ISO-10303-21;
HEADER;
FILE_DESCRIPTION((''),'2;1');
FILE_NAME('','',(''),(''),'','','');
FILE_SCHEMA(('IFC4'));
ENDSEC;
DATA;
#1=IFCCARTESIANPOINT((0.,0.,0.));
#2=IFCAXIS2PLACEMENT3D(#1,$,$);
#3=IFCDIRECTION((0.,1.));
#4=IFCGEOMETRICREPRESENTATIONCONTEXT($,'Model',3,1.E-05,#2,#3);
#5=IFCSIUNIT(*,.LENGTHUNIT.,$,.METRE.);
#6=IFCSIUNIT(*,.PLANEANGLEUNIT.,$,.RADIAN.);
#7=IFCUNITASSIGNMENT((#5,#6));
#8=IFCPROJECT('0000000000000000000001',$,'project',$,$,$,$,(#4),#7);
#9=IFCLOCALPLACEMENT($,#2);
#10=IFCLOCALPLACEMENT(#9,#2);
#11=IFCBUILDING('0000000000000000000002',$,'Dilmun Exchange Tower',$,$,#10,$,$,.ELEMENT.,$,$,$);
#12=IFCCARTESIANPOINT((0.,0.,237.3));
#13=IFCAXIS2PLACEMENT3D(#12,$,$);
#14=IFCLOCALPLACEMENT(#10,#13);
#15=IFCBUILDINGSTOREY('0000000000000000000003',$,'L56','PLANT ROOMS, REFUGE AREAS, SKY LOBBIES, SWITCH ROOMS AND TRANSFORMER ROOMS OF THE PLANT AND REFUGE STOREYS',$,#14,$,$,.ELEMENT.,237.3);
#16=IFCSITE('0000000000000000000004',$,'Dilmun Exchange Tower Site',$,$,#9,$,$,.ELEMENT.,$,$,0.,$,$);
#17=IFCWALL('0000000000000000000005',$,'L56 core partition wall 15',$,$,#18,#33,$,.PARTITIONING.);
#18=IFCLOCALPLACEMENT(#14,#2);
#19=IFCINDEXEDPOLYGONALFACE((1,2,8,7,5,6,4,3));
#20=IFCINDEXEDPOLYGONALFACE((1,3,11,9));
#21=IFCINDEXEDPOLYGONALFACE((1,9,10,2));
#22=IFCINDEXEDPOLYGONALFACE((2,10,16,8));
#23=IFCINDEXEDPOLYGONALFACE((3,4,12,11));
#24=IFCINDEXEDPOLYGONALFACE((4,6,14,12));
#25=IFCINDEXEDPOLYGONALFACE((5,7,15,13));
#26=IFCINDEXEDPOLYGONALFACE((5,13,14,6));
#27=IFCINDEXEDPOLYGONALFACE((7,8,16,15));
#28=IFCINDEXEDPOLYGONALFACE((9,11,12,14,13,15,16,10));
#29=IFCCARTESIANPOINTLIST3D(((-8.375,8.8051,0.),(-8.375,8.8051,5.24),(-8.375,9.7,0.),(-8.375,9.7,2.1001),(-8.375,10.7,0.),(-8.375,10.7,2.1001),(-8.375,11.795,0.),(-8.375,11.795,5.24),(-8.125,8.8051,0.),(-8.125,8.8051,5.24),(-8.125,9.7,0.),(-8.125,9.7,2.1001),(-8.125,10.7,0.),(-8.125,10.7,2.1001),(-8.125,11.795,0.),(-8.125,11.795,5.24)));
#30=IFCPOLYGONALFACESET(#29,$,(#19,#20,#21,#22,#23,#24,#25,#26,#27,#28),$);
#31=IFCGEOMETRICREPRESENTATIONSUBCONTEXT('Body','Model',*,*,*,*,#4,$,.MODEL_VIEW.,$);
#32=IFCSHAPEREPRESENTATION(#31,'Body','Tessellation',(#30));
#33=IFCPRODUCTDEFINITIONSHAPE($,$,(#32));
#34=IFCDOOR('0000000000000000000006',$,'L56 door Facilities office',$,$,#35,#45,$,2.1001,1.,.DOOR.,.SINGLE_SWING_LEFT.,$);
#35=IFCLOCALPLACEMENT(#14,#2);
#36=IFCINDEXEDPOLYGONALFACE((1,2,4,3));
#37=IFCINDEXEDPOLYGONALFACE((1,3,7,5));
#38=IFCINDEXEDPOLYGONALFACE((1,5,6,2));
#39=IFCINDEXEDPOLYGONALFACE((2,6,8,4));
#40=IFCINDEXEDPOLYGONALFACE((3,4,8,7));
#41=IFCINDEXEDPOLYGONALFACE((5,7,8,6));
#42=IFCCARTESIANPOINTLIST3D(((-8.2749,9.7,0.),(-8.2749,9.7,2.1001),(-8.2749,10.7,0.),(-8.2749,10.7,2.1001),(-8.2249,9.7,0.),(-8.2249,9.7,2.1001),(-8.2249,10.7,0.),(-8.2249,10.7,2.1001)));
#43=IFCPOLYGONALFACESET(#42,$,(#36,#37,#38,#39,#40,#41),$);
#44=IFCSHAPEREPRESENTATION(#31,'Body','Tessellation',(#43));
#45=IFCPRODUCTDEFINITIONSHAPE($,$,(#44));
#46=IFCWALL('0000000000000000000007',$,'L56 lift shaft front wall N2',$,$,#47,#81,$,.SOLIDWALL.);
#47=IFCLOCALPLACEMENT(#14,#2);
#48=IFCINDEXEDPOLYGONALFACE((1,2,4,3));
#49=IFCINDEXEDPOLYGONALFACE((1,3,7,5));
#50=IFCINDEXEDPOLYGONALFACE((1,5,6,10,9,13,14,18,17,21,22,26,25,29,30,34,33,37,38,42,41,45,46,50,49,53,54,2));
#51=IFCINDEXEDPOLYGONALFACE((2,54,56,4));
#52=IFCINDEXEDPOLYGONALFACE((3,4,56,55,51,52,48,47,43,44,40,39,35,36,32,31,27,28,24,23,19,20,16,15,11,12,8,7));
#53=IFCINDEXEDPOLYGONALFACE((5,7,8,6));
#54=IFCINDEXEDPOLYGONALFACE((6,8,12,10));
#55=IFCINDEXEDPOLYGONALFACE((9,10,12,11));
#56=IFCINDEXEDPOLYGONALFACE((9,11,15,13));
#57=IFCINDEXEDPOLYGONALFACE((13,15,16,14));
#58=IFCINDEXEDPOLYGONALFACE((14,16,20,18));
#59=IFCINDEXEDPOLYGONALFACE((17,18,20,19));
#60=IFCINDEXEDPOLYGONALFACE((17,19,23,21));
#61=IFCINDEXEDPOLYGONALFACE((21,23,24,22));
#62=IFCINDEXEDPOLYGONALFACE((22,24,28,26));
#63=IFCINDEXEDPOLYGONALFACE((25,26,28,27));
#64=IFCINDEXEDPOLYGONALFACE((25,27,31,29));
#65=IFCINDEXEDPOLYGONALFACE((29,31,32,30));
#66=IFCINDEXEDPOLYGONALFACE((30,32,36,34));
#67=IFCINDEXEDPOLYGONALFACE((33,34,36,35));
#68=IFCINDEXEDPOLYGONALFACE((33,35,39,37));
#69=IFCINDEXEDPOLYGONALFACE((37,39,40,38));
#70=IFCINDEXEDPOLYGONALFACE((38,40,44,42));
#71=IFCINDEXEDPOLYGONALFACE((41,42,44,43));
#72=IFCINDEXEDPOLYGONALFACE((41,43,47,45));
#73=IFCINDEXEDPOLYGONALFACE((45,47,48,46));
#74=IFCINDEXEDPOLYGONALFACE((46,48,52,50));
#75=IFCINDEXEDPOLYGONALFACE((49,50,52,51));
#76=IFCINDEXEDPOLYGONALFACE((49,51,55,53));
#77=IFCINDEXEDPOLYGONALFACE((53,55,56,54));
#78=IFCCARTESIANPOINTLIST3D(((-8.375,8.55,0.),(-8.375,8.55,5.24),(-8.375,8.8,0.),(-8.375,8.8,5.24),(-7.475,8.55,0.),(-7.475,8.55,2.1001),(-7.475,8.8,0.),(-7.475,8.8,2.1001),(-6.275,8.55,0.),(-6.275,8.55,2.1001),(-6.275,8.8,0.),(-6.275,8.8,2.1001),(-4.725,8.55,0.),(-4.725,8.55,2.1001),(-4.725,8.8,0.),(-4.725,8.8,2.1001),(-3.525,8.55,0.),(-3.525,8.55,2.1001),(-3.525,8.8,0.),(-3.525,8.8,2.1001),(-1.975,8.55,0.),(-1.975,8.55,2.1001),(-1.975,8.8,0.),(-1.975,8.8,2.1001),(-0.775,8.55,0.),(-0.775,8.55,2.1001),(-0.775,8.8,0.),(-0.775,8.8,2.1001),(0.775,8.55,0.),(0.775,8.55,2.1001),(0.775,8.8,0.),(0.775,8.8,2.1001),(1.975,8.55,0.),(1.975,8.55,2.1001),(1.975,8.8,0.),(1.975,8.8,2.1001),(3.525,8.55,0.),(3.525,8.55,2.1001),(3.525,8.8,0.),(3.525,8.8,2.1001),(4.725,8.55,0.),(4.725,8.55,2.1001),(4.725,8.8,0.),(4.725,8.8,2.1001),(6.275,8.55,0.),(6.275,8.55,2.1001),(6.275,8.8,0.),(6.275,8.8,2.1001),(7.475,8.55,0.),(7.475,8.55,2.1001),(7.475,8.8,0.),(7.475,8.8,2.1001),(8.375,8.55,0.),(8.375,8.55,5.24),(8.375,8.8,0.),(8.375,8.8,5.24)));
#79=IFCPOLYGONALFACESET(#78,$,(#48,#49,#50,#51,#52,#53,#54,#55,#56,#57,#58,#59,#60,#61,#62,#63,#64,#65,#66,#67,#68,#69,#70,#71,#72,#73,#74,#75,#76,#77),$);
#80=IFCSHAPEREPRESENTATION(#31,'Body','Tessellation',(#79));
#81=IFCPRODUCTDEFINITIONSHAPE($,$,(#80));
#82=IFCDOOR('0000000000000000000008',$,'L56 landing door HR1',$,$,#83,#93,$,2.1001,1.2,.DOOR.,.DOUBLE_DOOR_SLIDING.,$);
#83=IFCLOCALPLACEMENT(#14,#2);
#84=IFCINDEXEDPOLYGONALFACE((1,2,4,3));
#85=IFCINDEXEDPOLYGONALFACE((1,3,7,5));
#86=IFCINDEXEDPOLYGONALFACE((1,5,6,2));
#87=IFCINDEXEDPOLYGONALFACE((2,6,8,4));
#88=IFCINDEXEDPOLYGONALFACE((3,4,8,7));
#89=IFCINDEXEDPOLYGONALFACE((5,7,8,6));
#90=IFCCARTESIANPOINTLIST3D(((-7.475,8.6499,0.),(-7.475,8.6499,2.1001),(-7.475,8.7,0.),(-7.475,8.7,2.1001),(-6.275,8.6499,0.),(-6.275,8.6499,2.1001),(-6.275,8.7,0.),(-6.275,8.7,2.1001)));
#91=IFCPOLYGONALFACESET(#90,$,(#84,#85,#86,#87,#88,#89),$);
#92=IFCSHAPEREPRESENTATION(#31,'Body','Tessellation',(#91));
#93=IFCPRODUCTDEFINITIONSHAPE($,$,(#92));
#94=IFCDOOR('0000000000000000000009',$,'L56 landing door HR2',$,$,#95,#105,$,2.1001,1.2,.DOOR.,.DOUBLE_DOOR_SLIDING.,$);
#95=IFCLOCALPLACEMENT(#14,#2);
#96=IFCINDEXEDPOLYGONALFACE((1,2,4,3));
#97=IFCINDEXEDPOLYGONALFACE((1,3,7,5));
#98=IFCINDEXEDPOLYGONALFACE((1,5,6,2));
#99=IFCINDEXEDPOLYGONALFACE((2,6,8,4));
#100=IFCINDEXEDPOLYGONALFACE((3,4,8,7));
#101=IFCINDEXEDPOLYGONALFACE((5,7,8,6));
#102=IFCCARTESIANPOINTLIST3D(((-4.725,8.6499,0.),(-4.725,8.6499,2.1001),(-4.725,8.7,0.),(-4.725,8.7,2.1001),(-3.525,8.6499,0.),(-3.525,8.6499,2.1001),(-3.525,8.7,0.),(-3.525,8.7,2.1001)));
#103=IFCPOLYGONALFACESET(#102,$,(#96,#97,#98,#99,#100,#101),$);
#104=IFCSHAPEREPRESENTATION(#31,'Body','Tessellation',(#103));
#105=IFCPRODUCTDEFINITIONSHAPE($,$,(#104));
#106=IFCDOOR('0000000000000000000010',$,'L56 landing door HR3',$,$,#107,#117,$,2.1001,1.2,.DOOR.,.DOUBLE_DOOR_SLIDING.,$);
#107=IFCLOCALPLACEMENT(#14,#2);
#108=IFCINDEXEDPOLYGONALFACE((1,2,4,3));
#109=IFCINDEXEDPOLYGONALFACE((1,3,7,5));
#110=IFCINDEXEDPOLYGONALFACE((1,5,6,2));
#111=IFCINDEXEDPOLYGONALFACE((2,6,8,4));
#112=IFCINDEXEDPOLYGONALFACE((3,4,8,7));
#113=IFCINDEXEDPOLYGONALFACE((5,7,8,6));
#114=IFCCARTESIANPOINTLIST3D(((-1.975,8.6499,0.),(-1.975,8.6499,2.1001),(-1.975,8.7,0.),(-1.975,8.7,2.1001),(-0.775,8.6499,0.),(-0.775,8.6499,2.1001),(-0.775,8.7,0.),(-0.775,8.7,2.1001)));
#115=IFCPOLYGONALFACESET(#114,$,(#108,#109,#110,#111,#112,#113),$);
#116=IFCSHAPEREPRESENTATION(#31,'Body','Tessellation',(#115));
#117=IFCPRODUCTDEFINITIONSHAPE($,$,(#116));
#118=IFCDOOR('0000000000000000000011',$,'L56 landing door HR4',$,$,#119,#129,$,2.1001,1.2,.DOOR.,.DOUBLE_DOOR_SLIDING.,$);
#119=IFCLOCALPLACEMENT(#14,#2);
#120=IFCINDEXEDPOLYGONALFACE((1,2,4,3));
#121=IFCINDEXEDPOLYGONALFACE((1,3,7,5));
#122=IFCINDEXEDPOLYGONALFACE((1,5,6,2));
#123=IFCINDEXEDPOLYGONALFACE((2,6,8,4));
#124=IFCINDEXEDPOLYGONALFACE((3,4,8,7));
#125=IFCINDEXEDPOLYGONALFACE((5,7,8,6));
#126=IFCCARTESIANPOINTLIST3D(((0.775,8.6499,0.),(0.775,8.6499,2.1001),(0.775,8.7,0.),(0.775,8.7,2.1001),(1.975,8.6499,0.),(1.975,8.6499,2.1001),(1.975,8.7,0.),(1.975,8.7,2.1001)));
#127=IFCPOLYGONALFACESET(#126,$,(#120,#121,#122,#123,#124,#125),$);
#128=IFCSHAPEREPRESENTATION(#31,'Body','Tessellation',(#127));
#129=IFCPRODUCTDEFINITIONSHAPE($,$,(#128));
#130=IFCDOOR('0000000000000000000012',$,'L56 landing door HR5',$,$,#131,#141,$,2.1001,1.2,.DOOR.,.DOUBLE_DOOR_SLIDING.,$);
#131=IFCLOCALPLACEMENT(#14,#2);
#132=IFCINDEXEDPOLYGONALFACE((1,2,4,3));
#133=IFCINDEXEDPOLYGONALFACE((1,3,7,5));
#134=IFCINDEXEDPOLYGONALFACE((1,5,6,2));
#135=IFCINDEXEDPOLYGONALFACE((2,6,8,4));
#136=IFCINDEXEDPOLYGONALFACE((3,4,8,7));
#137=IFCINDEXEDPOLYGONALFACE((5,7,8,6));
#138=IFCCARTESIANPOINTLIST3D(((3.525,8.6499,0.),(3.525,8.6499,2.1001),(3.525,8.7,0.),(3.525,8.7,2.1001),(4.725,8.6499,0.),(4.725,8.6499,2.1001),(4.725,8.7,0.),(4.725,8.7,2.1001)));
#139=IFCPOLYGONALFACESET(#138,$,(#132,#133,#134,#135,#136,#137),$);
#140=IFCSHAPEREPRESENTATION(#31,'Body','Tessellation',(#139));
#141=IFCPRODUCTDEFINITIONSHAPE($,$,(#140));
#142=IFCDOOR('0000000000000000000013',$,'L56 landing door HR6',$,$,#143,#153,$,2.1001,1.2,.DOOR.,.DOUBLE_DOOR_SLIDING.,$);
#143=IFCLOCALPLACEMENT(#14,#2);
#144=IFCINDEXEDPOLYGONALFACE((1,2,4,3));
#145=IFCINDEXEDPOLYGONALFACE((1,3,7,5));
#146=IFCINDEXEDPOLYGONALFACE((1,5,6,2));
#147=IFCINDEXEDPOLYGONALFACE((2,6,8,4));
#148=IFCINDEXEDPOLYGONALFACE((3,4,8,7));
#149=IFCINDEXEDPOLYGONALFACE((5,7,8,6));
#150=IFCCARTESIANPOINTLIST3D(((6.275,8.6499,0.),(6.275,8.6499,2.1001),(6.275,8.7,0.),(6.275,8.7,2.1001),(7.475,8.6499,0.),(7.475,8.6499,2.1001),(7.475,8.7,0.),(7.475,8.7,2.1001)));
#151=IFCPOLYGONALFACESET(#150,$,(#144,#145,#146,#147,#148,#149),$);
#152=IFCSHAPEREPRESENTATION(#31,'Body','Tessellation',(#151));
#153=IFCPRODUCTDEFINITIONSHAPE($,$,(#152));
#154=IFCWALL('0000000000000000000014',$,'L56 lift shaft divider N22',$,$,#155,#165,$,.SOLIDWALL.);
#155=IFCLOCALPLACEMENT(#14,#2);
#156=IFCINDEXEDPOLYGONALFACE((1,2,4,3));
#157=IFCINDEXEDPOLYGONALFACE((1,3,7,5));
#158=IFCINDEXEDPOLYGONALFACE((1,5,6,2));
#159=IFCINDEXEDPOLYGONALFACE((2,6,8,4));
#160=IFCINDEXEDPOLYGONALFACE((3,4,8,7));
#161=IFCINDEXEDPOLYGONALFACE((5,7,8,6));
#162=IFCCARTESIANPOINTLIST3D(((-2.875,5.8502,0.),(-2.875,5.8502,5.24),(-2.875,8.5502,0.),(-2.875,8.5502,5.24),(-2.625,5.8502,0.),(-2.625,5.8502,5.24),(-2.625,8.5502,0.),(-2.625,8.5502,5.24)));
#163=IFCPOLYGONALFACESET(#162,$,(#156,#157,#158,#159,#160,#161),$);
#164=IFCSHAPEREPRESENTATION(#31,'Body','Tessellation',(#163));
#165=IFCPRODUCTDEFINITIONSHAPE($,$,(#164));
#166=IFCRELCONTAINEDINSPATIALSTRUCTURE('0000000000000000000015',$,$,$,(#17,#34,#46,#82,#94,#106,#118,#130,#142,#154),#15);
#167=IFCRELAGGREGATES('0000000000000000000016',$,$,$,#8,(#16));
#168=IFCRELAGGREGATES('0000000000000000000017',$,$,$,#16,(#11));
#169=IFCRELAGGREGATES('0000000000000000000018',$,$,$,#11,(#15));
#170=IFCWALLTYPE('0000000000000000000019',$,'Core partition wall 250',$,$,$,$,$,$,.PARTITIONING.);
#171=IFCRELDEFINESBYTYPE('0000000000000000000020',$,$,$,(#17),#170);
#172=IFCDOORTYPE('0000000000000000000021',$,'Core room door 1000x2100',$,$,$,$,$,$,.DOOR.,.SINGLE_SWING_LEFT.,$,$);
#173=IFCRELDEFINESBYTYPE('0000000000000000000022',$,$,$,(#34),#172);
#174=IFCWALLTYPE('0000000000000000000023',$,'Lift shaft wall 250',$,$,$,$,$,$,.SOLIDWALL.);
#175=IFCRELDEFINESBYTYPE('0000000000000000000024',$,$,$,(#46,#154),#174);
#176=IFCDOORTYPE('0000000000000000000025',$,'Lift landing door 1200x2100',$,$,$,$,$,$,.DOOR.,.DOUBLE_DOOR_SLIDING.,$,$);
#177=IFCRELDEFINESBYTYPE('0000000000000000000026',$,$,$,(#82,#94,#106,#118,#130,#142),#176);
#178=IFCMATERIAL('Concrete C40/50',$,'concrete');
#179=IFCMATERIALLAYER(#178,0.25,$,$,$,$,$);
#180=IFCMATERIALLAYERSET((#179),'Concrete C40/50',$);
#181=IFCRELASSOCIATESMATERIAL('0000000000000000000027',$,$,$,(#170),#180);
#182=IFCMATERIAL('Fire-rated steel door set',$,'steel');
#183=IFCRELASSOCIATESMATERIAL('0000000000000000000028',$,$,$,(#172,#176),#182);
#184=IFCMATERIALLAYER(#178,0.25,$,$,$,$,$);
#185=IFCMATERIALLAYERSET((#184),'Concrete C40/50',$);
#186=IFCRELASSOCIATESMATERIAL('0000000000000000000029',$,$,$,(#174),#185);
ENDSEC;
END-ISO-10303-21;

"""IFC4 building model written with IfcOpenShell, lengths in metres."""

from ifc_helpers import new_model, si_unit, direction, frame, frame_2d, origin, place, context, subcontext, project, spatial, rectangle, extrude, material, layer, layer_set, type_object, element, fill, save


model = new_model("IFC4")

# Units and contexts
model_context = context("Model", 3, precision=1e-05, world=origin(), true_north=direction((0.0, 1.0)))
body_context = subcontext(model_context, "Body", "Model", "MODEL_VIEW")
ifc_project = project(units=[si_unit("LENGTHUNIT", "METRE"), si_unit("PLANEANGLEUNIT", "RADIAN")], contexts=[model_context])

# Site, building, storey
site_placement = place(None, origin())
site = spatial("IfcSite", under=ifc_project, at=site_placement, Name="Dilmun Exchange Tower Site", CompositionType="ELEMENT", RefElevation=0.0)
building_placement = place(site_placement, origin())
building = spatial("IfcBuilding", under=site, at=building_placement, Name="Dilmun Exchange Tower", CompositionType="ELEMENT")
storey_placement = place(building_placement, frame((0.0, 0.0, 237.3)))
storey = spatial("IfcBuildingStorey", under=building, at=storey_placement, Name="L56", Description="PLANT ROOMS, REFUGE AREAS, SKY LOBBIES, SWITCH ROOMS AND TRANSFORMER ROOMS OF THE PLANT AND REFUGE STOREYS", CompositionType="ELEMENT", Elevation=237.3)

# Wall, opening, door
ifc_material_1 = material(Name="Concrete C40/50", Category="concrete")
ifc_layer_1 = layer(ifc_material_1, 0.25)
ifc_layer_set_1 = layer_set([ifc_layer_1], Name="Concrete C40/50")
wall_type_1 = type_object("IfcWallType", Name="Core partition wall 250", PredefinedType="PARTITIONING", material=ifc_layer_set_1)
wall_1_placement = place(storey_placement, frame((-8.25, 8.8049, 0.0), z_axis=(0.0, 0.0, 1.0), x_axis=(0.0, 1.0, 0.0)))
wall_1 = element("IfcWall", 1, at=wall_1_placement, inside=storey, type_object=wall_type_1, Name="L56 core partition wall 15", PredefinedType="PARTITIONING", context=body_context, shape_type="SweptSolid", body=[
    extrude(rectangle(XDim=2.99, YDim=0.25, at=frame_2d((1.4951, 0.0))), origin(), (0.0, 0.0, 1.0), 5.24),
])
opening_1_placement = place(wall_1_placement, frame((0.895, 0.0, 0.0)))
opening_1 = element("IfcOpeningElement", 2, at=opening_1_placement, cuts=wall_1, PredefinedType="OPENING", context=body_context, shape_type="SweptSolid", body=[
    extrude(rectangle(XDim=1.0, YDim=2.1001, at=frame_2d((0.5, 1.05))), frame((0.0, 0.135, 0.0), z_axis=(0.0, -1.0, 0.0), x_axis=(1.0, 0.0, 0.0)), (0.0, 0.0, 1.0), 0.27),
])
ifc_material_2 = material(Name="Fire-rated steel door set", Category="steel")
door_type_1 = type_object("IfcDoorType", Name="Core room door 1000x2100", OperationType="SINGLE_SWING_LEFT", PredefinedType="DOOR", material=ifc_material_2)
door_1_placement = place(opening_1_placement, origin())
door_1 = element("IfcDoor", 3, at=door_1_placement, inside=storey, type_object=door_type_1, Name="L56 door Facilities office", OperationType="SINGLE_SWING_LEFT", OverallHeight=2.1001, OverallWidth=1.0, PredefinedType="DOOR", context=body_context, shape_type="SweptSolid", body=[
    extrude(rectangle(XDim=1.0, YDim=2.1001, at=frame_2d((0.5, 1.05))), frame((0.0, 0.0249, 0.0), z_axis=(0.0, -1.0, 0.0), x_axis=(1.0, 0.0, 0.0)), (0.0, 0.0, 1.0), 0.05),
])
fill(opening_1, door_1)

# Wall, openings, doors
ifc_layer_2 = layer(ifc_material_1, 0.25)
ifc_layer_set_2 = layer_set([ifc_layer_2], Name="Concrete C40/50")
wall_type_2 = type_object("IfcWallType", Name="Lift shaft wall 250", PredefinedType="SOLIDWALL", material=ifc_layer_set_2)
wall_2_placement = place(storey_placement, frame((-8.375, 8.675, 0.0), z_axis=(0.0, 0.0, 1.0), x_axis=(1.0, 0.0, 0.0)))
wall_2 = element("IfcWall", 4, at=wall_2_placement, inside=storey, type_object=wall_type_2, Name="L56 lift shaft front wall N2", PredefinedType="SOLIDWALL", context=body_context, shape_type="SweptSolid", body=[
    extrude(rectangle(XDim=16.75, YDim=0.25, at=frame_2d((8.375, 0.0))), origin(), (0.0, 0.0, 1.0), 5.24),
])
opening_2_placement = place(wall_2_placement, frame((0.8999, 0.0, 0.0)))
opening_2 = element("IfcOpeningElement", 5, at=opening_2_placement, cuts=wall_2, PredefinedType="OPENING", context=body_context, shape_type="SweptSolid", body=[
    extrude(rectangle(XDim=1.2, YDim=2.1001, at=frame_2d((0.6001, 1.05))), frame((0.0, 0.135, 0.0), z_axis=(0.0, -1.0, 0.0), x_axis=(1.0, 0.0, 0.0)), (0.0, 0.0, 1.0), 0.27),
])
opening_3_placement = place(wall_2_placement, frame((3.6499, 0.0, 0.0)))
opening_3 = element("IfcOpeningElement", 6, at=opening_3_placement, cuts=wall_2, PredefinedType="OPENING", context=body_context, shape_type="SweptSolid", body=[
    extrude(rectangle(XDim=1.2, YDim=2.1001, at=frame_2d((0.6001, 1.05))), frame((0.0, 0.135, 0.0), z_axis=(0.0, -1.0, 0.0), x_axis=(1.0, 0.0, 0.0)), (0.0, 0.0, 1.0), 0.27),
])
opening_4_placement = place(wall_2_placement, frame((6.3999, 0.0, 0.0)))
opening_4 = element("IfcOpeningElement", 7, at=opening_4_placement, cuts=wall_2, PredefinedType="OPENING", context=body_context, shape_type="SweptSolid", body=[
    extrude(rectangle(XDim=1.2, YDim=2.1001, at=frame_2d((0.6001, 1.05))), frame((0.0, 0.135, 0.0), z_axis=(0.0, -1.0, 0.0), x_axis=(1.0, 0.0, 0.0)), (0.0, 0.0, 1.0), 0.27),
])
opening_5_placement = place(wall_2_placement, frame((9.1499, 0.0, 0.0)))
opening_5 = element("IfcOpeningElement", 8, at=opening_5_placement, cuts=wall_2, PredefinedType="OPENING", context=body_context, shape_type="SweptSolid", body=[
    extrude(rectangle(XDim=1.2, YDim=2.1001, at=frame_2d((0.6001, 1.05))), frame((0.0, 0.135, 0.0), z_axis=(0.0, -1.0, 0.0), x_axis=(1.0, 0.0, 0.0)), (0.0, 0.0, 1.0), 0.27),
])
opening_6_placement = place(wall_2_placement, frame((11.8999, 0.0, 0.0)))
opening_6 = element("IfcOpeningElement", 9, at=opening_6_placement, cuts=wall_2, PredefinedType="OPENING", context=body_context, shape_type="SweptSolid", body=[
    extrude(rectangle(XDim=1.2, YDim=2.1001, at=frame_2d((0.6001, 1.05))), frame((0.0, 0.135, 0.0), z_axis=(0.0, -1.0, 0.0), x_axis=(1.0, 0.0, 0.0)), (0.0, 0.0, 1.0), 0.27),
])
opening_7_placement = place(wall_2_placement, frame((14.6499, 0.0, 0.0)))
opening_7 = element("IfcOpeningElement", 10, at=opening_7_placement, cuts=wall_2, PredefinedType="OPENING", context=body_context, shape_type="SweptSolid", body=[
    extrude(rectangle(XDim=1.2, YDim=2.1001, at=frame_2d((0.6001, 1.05))), frame((0.0, 0.135, 0.0), z_axis=(0.0, -1.0, 0.0), x_axis=(1.0, 0.0, 0.0)), (0.0, 0.0, 1.0), 0.27),
])
door_type_2 = type_object("IfcDoorType", Name="Lift landing door 1200x2100", OperationType="DOUBLE_DOOR_SLIDING", PredefinedType="DOOR", material=ifc_material_2)
door_2_placement = place(opening_2_placement, origin())
door_2 = element("IfcDoor", 11, at=door_2_placement, inside=storey, type_object=door_type_2, Name="L56 landing door HR1", OperationType="DOUBLE_DOOR_SLIDING", OverallHeight=2.1001, OverallWidth=1.2, PredefinedType="DOOR", context=body_context, shape_type="SweptSolid", body=[
    extrude(rectangle(XDim=1.2, YDim=2.1001, at=frame_2d((0.6001, 1.05))), frame((0.0, 0.0249, 0.0), z_axis=(0.0, -1.0, 0.0), x_axis=(1.0, 0.0, 0.0)), (0.0, 0.0, 1.0), 0.05),
])
fill(opening_2, door_2)
door_3_placement = place(opening_3_placement, origin())
door_3 = element("IfcDoor", 12, at=door_3_placement, inside=storey, type_object=door_type_2, Name="L56 landing door HR2", OperationType="DOUBLE_DOOR_SLIDING", OverallHeight=2.1001, OverallWidth=1.2, PredefinedType="DOOR", context=body_context, shape_type="SweptSolid", body=[
    extrude(rectangle(XDim=1.2, YDim=2.1001, at=frame_2d((0.6001, 1.05))), frame((0.0, 0.0249, 0.0), z_axis=(0.0, -1.0, 0.0), x_axis=(1.0, 0.0, 0.0)), (0.0, 0.0, 1.0), 0.05),
])
fill(opening_3, door_3)
door_4_placement = place(opening_4_placement, origin())
door_4 = element("IfcDoor", 13, at=door_4_placement, inside=storey, type_object=door_type_2, Name="L56 landing door HR3", OperationType="DOUBLE_DOOR_SLIDING", OverallHeight=2.1001, OverallWidth=1.2, PredefinedType="DOOR", context=body_context, shape_type="SweptSolid", body=[
    extrude(rectangle(XDim=1.2, YDim=2.1001, at=frame_2d((0.6001, 1.05))), frame((0.0, 0.0249, 0.0), z_axis=(0.0, -1.0, 0.0), x_axis=(1.0, 0.0, 0.0)), (0.0, 0.0, 1.0), 0.05),
])
fill(opening_4, door_4)
door_5_placement = place(opening_5_placement, origin())
door_5 = element("IfcDoor", 14, at=door_5_placement, inside=storey, type_object=door_type_2, Name="L56 landing door HR4", OperationType="DOUBLE_DOOR_SLIDING", OverallHeight=2.1001, OverallWidth=1.2, PredefinedType="DOOR", context=body_context, shape_type="SweptSolid", body=[
    extrude(rectangle(XDim=1.2, YDim=2.1001, at=frame_2d((0.6001, 1.05))), frame((0.0, 0.0249, 0.0), z_axis=(0.0, -1.0, 0.0), x_axis=(1.0, 0.0, 0.0)), (0.0, 0.0, 1.0), 0.05),
])
fill(opening_5, door_5)
door_6_placement = place(opening_6_placement, origin())
door_6 = element("IfcDoor", 15, at=door_6_placement, inside=storey, type_object=door_type_2, Name="L56 landing door HR5", OperationType="DOUBLE_DOOR_SLIDING", OverallHeight=2.1001, OverallWidth=1.2, PredefinedType="DOOR", context=body_context, shape_type="SweptSolid", body=[
    extrude(rectangle(XDim=1.2, YDim=2.1001, at=frame_2d((0.6001, 1.05))), frame((0.0, 0.0249, 0.0), z_axis=(0.0, -1.0, 0.0), x_axis=(1.0, 0.0, 0.0)), (0.0, 0.0, 1.0), 0.05),
])
fill(opening_6, door_6)
door_7_placement = place(opening_7_placement, origin())
door_7 = element("IfcDoor", 16, at=door_7_placement, inside=storey, type_object=door_type_2, Name="L56 landing door HR6", OperationType="DOUBLE_DOOR_SLIDING", OverallHeight=2.1001, OverallWidth=1.2, PredefinedType="DOOR", context=body_context, shape_type="SweptSolid", body=[
    extrude(rectangle(XDim=1.2, YDim=2.1001, at=frame_2d((0.6001, 1.05))), frame((0.0, 0.0249, 0.0), z_axis=(0.0, -1.0, 0.0), x_axis=(1.0, 0.0, 0.0)), (0.0, 0.0, 1.0), 0.05),
])
fill(opening_7, door_7)

# Wall
for number, where, z_axis, x_axis, name in (
    (17, (-2.75, 5.8501, 0.0), (0.0, 0.0, 1.0), (0.0, 1.0, 0.0), "L56 lift shaft divider N22"),
):
    element("IfcWall", number, at=place(storey_placement, frame(where, z_axis=z_axis, x_axis=x_axis)), inside=storey, type_object=wall_type_2, Name=name, PredefinedType="SOLIDWALL", context=body_context, shape_type="SweptSolid", body=[
        extrude(rectangle(XDim=2.7, YDim=0.25, at=frame_2d((1.3501, 0.0))), origin(), (0.0, 0.0, 1.0), 5.24),
    ])

save(model, "model.ifc")
